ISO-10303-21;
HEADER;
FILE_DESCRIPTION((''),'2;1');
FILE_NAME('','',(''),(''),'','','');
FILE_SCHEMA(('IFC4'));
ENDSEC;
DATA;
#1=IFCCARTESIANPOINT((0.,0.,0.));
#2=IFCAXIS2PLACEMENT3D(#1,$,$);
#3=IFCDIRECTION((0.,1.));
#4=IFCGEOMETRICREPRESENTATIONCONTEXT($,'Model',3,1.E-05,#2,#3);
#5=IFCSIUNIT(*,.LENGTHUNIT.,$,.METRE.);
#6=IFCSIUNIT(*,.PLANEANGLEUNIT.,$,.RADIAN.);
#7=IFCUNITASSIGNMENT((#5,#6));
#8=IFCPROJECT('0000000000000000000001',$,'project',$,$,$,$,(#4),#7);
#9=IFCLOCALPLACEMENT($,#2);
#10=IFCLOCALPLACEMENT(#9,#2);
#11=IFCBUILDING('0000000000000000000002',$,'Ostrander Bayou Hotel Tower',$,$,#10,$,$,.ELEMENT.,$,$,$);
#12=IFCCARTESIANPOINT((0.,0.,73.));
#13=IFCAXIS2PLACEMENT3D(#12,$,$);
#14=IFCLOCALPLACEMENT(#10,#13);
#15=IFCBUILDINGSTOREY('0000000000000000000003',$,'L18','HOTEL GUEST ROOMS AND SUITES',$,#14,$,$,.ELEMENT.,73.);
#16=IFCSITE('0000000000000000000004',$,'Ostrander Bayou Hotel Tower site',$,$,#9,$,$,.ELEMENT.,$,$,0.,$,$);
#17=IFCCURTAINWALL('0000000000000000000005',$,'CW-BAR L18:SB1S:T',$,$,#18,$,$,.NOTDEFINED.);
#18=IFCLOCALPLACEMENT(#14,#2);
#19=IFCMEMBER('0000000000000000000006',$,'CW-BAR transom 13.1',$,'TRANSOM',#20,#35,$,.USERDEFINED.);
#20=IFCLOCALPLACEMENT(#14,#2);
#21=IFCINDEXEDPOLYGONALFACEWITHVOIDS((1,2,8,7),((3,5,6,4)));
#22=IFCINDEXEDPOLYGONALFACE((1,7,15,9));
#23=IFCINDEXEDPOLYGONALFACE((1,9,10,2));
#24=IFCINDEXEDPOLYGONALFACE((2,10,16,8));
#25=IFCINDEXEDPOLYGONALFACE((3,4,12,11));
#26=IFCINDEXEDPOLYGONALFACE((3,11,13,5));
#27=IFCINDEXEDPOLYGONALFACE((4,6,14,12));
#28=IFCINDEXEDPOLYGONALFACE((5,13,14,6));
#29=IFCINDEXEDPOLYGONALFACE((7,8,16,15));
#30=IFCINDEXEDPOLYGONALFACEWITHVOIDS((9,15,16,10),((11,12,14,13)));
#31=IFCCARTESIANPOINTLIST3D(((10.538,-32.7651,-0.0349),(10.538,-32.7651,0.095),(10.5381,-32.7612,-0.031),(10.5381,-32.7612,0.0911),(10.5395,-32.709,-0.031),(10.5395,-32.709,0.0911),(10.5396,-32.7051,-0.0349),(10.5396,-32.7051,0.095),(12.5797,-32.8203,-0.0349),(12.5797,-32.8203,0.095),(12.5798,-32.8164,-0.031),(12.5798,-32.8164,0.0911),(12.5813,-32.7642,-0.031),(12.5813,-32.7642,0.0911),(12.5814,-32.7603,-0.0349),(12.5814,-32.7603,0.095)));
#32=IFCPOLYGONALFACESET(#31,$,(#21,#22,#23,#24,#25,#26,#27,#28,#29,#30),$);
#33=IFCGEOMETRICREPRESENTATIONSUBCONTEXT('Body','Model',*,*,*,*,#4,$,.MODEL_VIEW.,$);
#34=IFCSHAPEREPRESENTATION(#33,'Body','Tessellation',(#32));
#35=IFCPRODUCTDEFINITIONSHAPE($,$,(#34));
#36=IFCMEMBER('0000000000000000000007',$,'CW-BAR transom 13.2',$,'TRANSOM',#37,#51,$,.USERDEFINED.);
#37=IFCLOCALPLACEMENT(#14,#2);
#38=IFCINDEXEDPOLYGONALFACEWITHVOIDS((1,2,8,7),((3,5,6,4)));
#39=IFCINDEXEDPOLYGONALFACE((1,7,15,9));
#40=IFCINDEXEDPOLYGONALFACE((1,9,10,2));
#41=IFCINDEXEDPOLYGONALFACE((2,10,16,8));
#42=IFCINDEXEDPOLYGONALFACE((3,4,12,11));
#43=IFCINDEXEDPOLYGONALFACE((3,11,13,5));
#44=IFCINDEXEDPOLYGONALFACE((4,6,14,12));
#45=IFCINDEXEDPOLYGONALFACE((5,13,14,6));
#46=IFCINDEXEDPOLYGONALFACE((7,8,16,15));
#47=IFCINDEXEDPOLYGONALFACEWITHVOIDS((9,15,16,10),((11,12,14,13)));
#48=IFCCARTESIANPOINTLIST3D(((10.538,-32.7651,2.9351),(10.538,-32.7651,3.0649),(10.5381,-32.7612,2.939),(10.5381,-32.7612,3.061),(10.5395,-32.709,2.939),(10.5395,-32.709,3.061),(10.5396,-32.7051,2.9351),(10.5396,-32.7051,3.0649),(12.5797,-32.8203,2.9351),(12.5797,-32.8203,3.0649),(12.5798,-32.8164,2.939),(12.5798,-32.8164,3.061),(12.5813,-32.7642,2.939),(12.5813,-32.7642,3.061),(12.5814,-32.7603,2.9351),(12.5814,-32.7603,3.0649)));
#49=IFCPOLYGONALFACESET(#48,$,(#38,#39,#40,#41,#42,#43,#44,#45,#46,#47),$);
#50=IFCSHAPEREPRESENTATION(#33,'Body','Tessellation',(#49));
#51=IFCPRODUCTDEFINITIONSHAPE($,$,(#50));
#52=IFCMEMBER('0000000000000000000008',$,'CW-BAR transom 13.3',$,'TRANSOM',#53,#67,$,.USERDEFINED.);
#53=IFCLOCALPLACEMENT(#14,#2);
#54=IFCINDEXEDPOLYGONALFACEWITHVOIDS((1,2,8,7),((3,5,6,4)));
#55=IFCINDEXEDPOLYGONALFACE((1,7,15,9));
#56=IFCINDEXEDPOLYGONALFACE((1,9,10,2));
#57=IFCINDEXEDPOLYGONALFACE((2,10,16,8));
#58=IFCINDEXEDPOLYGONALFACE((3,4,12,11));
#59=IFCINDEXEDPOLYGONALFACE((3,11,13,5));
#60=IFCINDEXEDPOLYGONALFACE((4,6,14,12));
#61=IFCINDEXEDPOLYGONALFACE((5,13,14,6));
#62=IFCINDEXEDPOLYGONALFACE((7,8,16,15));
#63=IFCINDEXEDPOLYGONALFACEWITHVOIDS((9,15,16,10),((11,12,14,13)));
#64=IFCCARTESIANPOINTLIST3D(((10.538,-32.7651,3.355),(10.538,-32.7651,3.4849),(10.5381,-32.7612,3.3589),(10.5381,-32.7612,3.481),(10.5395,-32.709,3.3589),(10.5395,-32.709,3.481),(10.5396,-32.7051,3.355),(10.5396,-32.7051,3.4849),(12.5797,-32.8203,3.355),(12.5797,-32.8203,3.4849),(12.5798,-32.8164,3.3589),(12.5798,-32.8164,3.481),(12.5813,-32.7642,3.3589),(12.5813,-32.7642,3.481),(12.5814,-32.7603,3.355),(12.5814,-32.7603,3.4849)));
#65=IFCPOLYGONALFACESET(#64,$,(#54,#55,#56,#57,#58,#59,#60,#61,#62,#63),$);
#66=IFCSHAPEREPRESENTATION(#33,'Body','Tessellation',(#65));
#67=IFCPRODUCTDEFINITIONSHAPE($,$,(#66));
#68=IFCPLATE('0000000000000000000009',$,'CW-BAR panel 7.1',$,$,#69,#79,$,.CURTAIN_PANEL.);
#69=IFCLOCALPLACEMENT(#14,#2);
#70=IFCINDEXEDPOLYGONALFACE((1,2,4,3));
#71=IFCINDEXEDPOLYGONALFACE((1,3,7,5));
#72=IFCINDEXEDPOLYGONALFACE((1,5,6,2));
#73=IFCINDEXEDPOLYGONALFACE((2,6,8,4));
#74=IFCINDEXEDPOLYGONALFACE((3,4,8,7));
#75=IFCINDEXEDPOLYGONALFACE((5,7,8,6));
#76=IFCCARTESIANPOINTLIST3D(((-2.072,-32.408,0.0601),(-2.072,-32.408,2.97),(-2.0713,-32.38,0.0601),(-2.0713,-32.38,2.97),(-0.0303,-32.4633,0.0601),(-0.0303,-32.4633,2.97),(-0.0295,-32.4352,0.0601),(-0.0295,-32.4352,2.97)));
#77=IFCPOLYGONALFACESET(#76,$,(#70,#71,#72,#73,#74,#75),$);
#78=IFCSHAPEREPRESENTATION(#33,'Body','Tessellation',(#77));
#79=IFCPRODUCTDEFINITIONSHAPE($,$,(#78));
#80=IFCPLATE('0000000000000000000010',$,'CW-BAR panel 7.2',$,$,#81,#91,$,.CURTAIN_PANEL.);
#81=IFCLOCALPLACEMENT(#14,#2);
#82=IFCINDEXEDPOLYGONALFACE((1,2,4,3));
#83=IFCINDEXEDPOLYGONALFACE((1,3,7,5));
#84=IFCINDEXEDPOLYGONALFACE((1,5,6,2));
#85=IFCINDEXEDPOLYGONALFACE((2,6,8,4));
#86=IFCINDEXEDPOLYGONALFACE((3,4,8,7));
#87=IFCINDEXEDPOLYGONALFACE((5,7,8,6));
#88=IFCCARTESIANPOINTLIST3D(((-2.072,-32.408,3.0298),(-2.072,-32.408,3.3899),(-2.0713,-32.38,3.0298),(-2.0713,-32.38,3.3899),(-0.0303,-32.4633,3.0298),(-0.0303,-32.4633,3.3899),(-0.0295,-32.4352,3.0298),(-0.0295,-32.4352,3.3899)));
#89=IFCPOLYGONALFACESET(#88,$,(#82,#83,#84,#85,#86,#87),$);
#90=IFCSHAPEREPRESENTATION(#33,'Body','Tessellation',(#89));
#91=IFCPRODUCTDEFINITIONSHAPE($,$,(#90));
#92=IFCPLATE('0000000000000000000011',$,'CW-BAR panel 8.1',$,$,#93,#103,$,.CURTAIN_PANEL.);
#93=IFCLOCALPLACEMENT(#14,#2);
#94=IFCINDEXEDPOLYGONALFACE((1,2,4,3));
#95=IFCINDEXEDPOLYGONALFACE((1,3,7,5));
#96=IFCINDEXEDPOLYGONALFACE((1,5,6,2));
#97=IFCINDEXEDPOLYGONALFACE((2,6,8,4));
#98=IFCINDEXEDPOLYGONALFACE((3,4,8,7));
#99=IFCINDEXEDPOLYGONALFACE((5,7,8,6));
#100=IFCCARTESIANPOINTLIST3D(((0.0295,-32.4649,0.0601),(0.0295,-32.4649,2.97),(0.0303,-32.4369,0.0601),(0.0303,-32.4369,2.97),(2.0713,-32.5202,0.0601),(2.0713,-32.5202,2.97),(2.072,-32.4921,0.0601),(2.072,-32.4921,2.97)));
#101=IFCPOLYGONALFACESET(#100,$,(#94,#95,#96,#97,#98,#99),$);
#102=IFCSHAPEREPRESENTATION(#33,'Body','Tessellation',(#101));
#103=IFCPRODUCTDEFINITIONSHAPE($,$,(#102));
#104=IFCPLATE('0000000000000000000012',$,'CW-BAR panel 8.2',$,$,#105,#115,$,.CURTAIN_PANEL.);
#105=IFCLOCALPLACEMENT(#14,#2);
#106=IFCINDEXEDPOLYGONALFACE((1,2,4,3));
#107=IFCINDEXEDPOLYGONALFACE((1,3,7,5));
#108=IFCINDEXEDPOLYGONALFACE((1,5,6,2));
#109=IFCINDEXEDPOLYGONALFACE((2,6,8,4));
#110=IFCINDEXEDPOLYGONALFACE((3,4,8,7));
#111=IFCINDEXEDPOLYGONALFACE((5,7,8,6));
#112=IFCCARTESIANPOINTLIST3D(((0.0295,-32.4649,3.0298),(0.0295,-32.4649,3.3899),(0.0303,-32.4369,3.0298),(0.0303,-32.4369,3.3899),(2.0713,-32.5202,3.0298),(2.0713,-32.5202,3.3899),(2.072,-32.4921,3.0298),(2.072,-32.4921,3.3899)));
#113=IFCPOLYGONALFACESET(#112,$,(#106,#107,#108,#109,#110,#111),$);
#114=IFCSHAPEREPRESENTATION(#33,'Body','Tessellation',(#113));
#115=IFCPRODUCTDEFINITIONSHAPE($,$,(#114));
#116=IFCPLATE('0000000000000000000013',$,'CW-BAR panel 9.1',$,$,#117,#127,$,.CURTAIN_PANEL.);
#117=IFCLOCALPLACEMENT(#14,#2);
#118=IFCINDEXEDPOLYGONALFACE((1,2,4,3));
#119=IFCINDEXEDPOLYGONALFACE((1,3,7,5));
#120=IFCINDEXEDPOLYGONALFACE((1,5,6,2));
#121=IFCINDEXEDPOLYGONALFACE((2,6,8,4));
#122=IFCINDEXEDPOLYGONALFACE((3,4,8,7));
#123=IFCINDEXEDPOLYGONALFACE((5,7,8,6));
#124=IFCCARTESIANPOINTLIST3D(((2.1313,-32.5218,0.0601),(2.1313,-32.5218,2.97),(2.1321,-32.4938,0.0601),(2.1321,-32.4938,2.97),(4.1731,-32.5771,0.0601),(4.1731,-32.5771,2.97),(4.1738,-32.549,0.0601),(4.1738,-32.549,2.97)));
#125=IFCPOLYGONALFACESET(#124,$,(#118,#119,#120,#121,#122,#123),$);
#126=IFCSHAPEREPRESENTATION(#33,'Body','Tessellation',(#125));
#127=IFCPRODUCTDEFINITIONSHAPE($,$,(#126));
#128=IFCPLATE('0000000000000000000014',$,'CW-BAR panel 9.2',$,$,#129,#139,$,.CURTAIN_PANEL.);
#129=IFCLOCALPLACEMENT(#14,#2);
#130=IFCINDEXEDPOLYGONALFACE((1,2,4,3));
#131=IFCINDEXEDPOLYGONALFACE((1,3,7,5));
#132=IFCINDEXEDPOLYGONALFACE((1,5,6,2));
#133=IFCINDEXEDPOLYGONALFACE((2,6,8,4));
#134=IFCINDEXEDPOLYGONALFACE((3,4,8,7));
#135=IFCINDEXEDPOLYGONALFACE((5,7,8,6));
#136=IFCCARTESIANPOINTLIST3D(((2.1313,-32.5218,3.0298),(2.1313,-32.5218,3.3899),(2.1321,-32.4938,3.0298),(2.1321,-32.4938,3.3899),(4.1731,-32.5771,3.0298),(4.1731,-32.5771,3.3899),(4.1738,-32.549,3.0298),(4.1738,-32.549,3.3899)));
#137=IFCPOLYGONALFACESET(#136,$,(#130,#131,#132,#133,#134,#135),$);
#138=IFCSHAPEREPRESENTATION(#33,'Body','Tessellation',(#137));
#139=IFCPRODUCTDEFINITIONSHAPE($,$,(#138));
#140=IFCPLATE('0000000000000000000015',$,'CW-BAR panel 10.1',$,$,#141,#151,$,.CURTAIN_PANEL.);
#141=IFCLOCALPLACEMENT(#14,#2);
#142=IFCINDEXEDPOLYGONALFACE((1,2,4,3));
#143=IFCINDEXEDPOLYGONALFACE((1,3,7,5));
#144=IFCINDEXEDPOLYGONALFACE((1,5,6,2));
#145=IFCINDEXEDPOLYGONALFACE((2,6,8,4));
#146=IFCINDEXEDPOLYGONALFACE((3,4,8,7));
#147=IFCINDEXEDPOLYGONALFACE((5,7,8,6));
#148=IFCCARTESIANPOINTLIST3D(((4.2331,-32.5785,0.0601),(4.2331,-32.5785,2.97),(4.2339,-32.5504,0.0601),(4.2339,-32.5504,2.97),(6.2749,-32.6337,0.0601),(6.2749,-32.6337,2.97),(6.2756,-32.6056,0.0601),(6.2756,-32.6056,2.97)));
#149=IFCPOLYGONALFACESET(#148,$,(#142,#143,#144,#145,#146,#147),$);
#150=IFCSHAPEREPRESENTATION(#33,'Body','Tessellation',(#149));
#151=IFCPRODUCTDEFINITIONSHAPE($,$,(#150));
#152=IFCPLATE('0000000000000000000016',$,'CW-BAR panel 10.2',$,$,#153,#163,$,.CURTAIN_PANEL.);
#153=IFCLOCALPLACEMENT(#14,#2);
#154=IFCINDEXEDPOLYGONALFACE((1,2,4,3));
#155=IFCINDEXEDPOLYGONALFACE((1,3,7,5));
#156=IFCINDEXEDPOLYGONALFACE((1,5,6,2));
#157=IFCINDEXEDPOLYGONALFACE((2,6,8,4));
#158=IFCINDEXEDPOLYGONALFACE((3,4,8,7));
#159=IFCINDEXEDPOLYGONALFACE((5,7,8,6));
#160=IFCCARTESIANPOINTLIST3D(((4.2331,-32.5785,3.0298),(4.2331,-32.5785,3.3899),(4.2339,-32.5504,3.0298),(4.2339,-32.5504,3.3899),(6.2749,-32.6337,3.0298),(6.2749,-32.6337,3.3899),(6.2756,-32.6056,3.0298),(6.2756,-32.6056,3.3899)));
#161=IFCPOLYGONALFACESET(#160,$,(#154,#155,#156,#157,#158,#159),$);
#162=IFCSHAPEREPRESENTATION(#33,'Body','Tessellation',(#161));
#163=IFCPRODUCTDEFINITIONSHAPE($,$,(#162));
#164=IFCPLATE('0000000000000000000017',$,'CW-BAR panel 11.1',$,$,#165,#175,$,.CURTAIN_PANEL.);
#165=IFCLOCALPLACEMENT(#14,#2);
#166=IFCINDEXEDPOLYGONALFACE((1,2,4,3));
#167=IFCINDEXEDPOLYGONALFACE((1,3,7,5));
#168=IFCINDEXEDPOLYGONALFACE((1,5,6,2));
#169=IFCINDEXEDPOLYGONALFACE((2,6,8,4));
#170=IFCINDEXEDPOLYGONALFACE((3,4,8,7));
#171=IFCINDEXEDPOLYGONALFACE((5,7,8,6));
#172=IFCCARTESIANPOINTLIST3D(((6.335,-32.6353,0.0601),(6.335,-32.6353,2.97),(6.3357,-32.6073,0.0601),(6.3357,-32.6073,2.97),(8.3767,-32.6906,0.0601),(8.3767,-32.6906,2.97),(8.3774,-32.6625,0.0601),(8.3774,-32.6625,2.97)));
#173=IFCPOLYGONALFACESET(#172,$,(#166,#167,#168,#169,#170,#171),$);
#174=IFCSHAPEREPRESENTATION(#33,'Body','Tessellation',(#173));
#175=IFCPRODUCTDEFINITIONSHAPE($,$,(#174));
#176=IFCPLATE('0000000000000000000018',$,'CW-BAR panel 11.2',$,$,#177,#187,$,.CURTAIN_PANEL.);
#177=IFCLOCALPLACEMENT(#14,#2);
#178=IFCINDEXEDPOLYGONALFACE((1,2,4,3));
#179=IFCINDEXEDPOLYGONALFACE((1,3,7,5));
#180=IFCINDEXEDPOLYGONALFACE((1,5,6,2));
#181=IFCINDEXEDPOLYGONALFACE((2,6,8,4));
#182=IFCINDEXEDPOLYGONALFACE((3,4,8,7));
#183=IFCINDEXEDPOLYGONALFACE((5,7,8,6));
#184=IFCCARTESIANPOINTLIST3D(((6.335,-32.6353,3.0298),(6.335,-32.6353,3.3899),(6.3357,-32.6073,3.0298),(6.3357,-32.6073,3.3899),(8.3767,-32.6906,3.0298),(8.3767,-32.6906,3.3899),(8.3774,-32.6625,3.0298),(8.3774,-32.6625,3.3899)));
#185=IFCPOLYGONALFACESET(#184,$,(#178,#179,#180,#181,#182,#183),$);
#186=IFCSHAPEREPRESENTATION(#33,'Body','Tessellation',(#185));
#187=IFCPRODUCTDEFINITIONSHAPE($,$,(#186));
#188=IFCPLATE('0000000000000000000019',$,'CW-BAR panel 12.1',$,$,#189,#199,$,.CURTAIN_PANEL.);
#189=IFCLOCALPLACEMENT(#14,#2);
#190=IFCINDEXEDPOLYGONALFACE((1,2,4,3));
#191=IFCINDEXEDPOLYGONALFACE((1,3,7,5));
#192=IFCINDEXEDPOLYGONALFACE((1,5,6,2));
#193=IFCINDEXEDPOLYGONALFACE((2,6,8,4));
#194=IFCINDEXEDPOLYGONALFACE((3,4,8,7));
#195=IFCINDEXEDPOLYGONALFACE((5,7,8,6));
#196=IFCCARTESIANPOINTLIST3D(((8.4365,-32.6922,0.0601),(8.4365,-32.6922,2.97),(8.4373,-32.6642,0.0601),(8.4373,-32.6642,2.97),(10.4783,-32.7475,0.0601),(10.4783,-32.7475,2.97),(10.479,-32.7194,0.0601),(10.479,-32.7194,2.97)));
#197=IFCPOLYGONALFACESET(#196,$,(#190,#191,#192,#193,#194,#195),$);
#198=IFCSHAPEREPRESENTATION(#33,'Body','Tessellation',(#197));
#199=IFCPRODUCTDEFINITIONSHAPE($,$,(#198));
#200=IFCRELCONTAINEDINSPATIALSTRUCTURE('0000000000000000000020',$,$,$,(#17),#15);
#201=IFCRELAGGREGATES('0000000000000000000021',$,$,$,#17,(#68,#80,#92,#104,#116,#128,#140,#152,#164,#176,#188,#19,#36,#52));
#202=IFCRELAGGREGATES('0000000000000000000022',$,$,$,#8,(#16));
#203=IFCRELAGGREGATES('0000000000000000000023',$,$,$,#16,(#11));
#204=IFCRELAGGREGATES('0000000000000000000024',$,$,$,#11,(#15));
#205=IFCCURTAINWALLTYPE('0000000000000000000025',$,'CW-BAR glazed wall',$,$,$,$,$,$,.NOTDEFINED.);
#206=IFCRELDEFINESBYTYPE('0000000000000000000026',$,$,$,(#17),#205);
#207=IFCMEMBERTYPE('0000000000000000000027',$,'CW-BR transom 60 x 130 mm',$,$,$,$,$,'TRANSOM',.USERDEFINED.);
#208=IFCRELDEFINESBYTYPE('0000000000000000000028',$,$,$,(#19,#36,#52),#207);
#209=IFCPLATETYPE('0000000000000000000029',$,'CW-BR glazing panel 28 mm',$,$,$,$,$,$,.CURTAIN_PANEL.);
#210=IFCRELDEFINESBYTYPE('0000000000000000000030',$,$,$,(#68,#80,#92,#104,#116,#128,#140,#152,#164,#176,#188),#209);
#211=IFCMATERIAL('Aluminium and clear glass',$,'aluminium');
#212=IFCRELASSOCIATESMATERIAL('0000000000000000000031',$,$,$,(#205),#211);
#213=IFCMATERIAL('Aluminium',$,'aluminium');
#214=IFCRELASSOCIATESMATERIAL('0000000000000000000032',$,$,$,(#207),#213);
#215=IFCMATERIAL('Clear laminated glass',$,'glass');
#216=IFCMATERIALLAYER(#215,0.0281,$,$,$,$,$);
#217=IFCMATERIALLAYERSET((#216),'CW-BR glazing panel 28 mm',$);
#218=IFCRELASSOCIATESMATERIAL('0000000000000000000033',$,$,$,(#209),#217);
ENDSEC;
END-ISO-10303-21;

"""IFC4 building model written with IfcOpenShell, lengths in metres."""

from ifc_helpers import new_model, si_unit, direction, frame, origin, origin_2d, place, context, subcontext, project, spatial, rectangle, hollow_rectangle, extrude, material, layer, layer_set, material_profile, profile_set, type_object, element, aggregate, save


model = new_model("IFC4")

# Units and contexts
model_context = context("Model", 3, precision=1e-05, world=origin(), true_north=direction((0.0, 1.0)))
body_context = subcontext(model_context, "Body", "Model", "MODEL_VIEW")
ifc_project = project(units=[si_unit("LENGTHUNIT", "METRE"), si_unit("PLANEANGLEUNIT", "RADIAN")], contexts=[model_context])

# Site, building, storey
site_placement = place(None, origin())
site = spatial("IfcSite", under=ifc_project, at=site_placement, Name="Ostrander Bayou Hotel Tower site", CompositionType="ELEMENT", RefElevation=0.0)
building_placement = place(site_placement, origin())
building = spatial("IfcBuilding", under=site, at=building_placement, Name="Ostrander Bayou Hotel Tower", CompositionType="ELEMENT")
storey_placement = place(building_placement, frame((0.0, 0.0, 73.0)))
storey = spatial("IfcBuildingStorey", under=building, at=storey_placement, Name="L18", Description="HOTEL GUEST ROOMS AND SUITES", CompositionType="ELEMENT", Elevation=73.0)

# Curtain wall, members, plates
ifc_material_1 = material(Name="Aluminium and clear glass", Category="aluminium")
curtain_wall_type = type_object("IfcCurtainWallType", Name="CW-BAR glazed wall", PredefinedType="NOTDEFINED", material=ifc_material_1)
curtain_wall_placement = place(storey_placement, origin())
curtain_wall = element("IfcCurtainWall", 1, at=curtain_wall_placement, inside=storey, type_object=curtain_wall_type, Name="CW-BAR L18:SB1S:T", PredefinedType="NOTDEFINED")
ifc_material_2 = material(Name="Aluminium", Category="aluminium")
ifc_material_profile_1 = material_profile(ifc_material_2, hollow_rectangle(XDim=0.0601, YDim=0.1299, WallThickness=0.0039, at=origin_2d()))
ifc_profile_set_1 = profile_set([ifc_material_profile_1], Name="Aluminium")
member_type_1 = type_object("IfcMemberType", Name="CW-BR transom 60 x 130 mm", ElementType="TRANSOM", PredefinedType="USERDEFINED", material=ifc_profile_set_1)
member_1_placement = place(storey_placement, frame((10.5388, -32.7351, 0.03), z_axis=(0.999635, -0.027014, 0.0), x_axis=(0.027014, 0.999635, 0.0)))
member_1 = element("IfcMember", 2, at=member_1_placement, type_object=member_type_1, Name="CW-BAR transom 13.1", ObjectType="TRANSOM", PredefinedType="USERDEFINED", context=body_context, shape_type="SweptSolid", body=[
    extrude(hollow_rectangle(XDim=0.0601, YDim=0.1299, WallThickness=0.0039, at=origin_2d()), origin(), (0.0, 0.0, 1.0), 2.0425),
])
member_2_placement = place(storey_placement, frame((10.5388, -32.7351, 3.0), z_axis=(0.999635, -0.027014, 0.0), x_axis=(0.027014, 0.999635, 0.0)))
member_2 = element("IfcMember", 3, at=member_2_placement, type_object=member_type_1, Name="CW-BAR transom 13.2", ObjectType="TRANSOM", PredefinedType="USERDEFINED", context=body_context, shape_type="SweptSolid", body=[
    extrude(hollow_rectangle(XDim=0.0601, YDim=0.1299, WallThickness=0.0039, at=origin_2d()), origin(), (0.0, 0.0, 1.0), 2.0425),
])
member_3_placement = place(storey_placement, frame((10.5388, -32.7351, 3.4199), z_axis=(0.999635, -0.027014, 0.0), x_axis=(0.027014, 0.999635, 0.0)))
member_3 = element("IfcMember", 4, at=member_3_placement, type_object=member_type_1, Name="CW-BAR transom 13.3", ObjectType="TRANSOM", PredefinedType="USERDEFINED", context=body_context, shape_type="SweptSolid", body=[
    extrude(hollow_rectangle(XDim=0.0601, YDim=0.1299, WallThickness=0.0039, at=origin_2d()), origin(), (0.0, 0.0, 1.0), 2.0425),
])
ifc_material_3 = material(Name="Clear laminated glass", Category="glass")
ifc_layer_1 = layer(ifc_material_3, 0.0281)
ifc_layer_set_1 = layer_set([ifc_layer_1], Name="CW-BR glazing panel 28 mm")
plate_type = type_object("IfcPlateType", Name="CW-BR glazing panel 28 mm", PredefinedType="CURTAIN_PANEL", material=ifc_layer_set_1)
plate_1_placement = place(storey_placement, frame((-1.0508, -32.4216, 0.0601), z_axis=(0.0, 0.0, 1.0), x_axis=(0.999634, -0.027042, 0.0)))
plate_1 = element("IfcPlate", 5, at=plate_1_placement, type_object=plate_type, Name="CW-BAR panel 7.1", PredefinedType="CURTAIN_PANEL", context=body_context, shape_type="SweptSolid", body=[
    extrude(rectangle(XDim=2.0425, YDim=0.0281, at=origin_2d()), origin(), (0.0, 0.0, 1.0), 2.9099),
])
plate_2_placement = place(storey_placement, frame((-1.0508, -32.4216, 3.0298), z_axis=(0.0, 0.0, 1.0), x_axis=(0.999634, -0.027042, 0.0)))
plate_2 = element("IfcPlate", 6, at=plate_2_placement, type_object=plate_type, Name="CW-BAR panel 7.2", PredefinedType="CURTAIN_PANEL", context=body_context, shape_type="SweptSolid", body=[
    extrude(rectangle(XDim=2.0425, YDim=0.0281, at=origin_2d()), origin(), (0.0, 0.0, 1.0), 0.3601),
])
plate_3_placement = place(storey_placement, frame((1.0508, -32.4785, 0.0601), z_axis=(0.0, 0.0, 1.0), x_axis=(0.999634, -0.027042, 0.0)))
plate_3 = element("IfcPlate", 7, at=plate_3_placement, type_object=plate_type, Name="CW-BAR panel 8.1", PredefinedType="CURTAIN_PANEL", context=body_context, shape_type="SweptSolid", body=[
    extrude(rectangle(XDim=2.0425, YDim=0.0281, at=origin_2d()), origin(), (0.0, 0.0, 1.0), 2.9099),
])
plate_4_placement = place(storey_placement, frame((1.0508, -32.4785, 3.0298), z_axis=(0.0, 0.0, 1.0), x_axis=(0.999634, -0.027042, 0.0)))
plate_4 = element("IfcPlate", 8, at=plate_4_placement, type_object=plate_type, Name="CW-BAR panel 8.2", PredefinedType="CURTAIN_PANEL", context=body_context, shape_type="SweptSolid", body=[
    extrude(rectangle(XDim=2.0425, YDim=0.0281, at=origin_2d()), origin(), (0.0, 0.0, 1.0), 0.3601),
])
plate_5_placement = place(storey_placement, frame((3.1526, -32.5354, 0.0601), z_axis=(0.0, 0.0, 1.0), x_axis=(0.999634, -0.027042, 0.0)))
plate_5 = element("IfcPlate", 9, at=plate_5_placement, type_object=plate_type, Name="CW-BAR panel 9.1", PredefinedType="CURTAIN_PANEL", context=body_context, shape_type="SweptSolid", body=[
    extrude(rectangle(XDim=2.0425, YDim=0.0281, at=origin_2d()), origin(), (0.0, 0.0, 1.0), 2.9099),
])
plate_6_placement = place(storey_placement, frame((3.1526, -32.5354, 3.0298), z_axis=(0.0, 0.0, 1.0), x_axis=(0.999634, -0.027042, 0.0)))
plate_6 = element("IfcPlate", 10, at=plate_6_placement, type_object=plate_type, Name="CW-BAR panel 9.2", PredefinedType="CURTAIN_PANEL", context=body_context, shape_type="SweptSolid", body=[
    extrude(rectangle(XDim=2.0425, YDim=0.0281, at=origin_2d()), origin(), (0.0, 0.0, 1.0), 0.3601),
])
plate_7_placement = place(storey_placement, frame((5.2544, -32.592, 0.0601), z_axis=(0.0, 0.0, 1.0), x_axis=(0.999634, -0.027042, 0.0)))
plate_7 = element("IfcPlate", 11, at=plate_7_placement, type_object=plate_type, Name="CW-BAR panel 10.1", PredefinedType="CURTAIN_PANEL", context=body_context, shape_type="SweptSolid", body=[
    extrude(rectangle(XDim=2.0425, YDim=0.0281, at=origin_2d()), origin(), (0.0, 0.0, 1.0), 2.9099),
])
plate_8_placement = place(storey_placement, frame((5.2544, -32.592, 3.0298), z_axis=(0.0, 0.0, 1.0), x_axis=(0.999634, -0.027042, 0.0)))
plate_8 = element("IfcPlate", 12, at=plate_8_placement, type_object=plate_type, Name="CW-BAR panel 10.2", PredefinedType="CURTAIN_PANEL", context=body_context, shape_type="SweptSolid", body=[
    extrude(rectangle(XDim=2.0425, YDim=0.0281, at=origin_2d()), origin(), (0.0, 0.0, 1.0), 0.3601),
])
plate_9_placement = place(storey_placement, frame((7.3562, -32.6489, 0.0601), z_axis=(0.0, 0.0, 1.0), x_axis=(0.999634, -0.027042, 0.0)))
plate_9 = element("IfcPlate", 13, at=plate_9_placement, type_object=plate_type, Name="CW-BAR panel 11.1", PredefinedType="CURTAIN_PANEL", context=body_context, shape_type="SweptSolid", body=[
    extrude(rectangle(XDim=2.0425, YDim=0.0281, at=origin_2d()), origin(), (0.0, 0.0, 1.0), 2.9099),
])
plate_10_placement = place(storey_placement, frame((7.3562, -32.6489, 3.0298), z_axis=(0.0, 0.0, 1.0), x_axis=(0.999634, -0.027042, 0.0)))
plate_10 = element("IfcPlate", 14, at=plate_10_placement, type_object=plate_type, Name="CW-BAR panel 11.2", PredefinedType="CURTAIN_PANEL", context=body_context, shape_type="SweptSolid", body=[
    extrude(rectangle(XDim=2.0425, YDim=0.0281, at=origin_2d()), origin(), (0.0, 0.0, 1.0), 0.3601),
])
plate_11_placement = place(storey_placement, frame((9.4578, -32.7058, 0.0601), z_axis=(0.0, 0.0, 1.0), x_axis=(0.999634, -0.027042, 0.0)))
plate_11 = element("IfcPlate", 15, at=plate_11_placement, type_object=plate_type, Name="CW-BAR panel 12.1", PredefinedType="CURTAIN_PANEL", context=body_context, shape_type="SweptSolid", body=[
    extrude(rectangle(XDim=2.0425, YDim=0.0281, at=origin_2d()), origin(), (0.0, 0.0, 1.0), 2.9099),
])
aggregate(curtain_wall, [plate_1, plate_2, plate_3, plate_4, plate_5, plate_6, plate_7, plate_8, plate_9, plate_10, plate_11, member_1, member_2, member_3])

save(model, "model.ifc")
